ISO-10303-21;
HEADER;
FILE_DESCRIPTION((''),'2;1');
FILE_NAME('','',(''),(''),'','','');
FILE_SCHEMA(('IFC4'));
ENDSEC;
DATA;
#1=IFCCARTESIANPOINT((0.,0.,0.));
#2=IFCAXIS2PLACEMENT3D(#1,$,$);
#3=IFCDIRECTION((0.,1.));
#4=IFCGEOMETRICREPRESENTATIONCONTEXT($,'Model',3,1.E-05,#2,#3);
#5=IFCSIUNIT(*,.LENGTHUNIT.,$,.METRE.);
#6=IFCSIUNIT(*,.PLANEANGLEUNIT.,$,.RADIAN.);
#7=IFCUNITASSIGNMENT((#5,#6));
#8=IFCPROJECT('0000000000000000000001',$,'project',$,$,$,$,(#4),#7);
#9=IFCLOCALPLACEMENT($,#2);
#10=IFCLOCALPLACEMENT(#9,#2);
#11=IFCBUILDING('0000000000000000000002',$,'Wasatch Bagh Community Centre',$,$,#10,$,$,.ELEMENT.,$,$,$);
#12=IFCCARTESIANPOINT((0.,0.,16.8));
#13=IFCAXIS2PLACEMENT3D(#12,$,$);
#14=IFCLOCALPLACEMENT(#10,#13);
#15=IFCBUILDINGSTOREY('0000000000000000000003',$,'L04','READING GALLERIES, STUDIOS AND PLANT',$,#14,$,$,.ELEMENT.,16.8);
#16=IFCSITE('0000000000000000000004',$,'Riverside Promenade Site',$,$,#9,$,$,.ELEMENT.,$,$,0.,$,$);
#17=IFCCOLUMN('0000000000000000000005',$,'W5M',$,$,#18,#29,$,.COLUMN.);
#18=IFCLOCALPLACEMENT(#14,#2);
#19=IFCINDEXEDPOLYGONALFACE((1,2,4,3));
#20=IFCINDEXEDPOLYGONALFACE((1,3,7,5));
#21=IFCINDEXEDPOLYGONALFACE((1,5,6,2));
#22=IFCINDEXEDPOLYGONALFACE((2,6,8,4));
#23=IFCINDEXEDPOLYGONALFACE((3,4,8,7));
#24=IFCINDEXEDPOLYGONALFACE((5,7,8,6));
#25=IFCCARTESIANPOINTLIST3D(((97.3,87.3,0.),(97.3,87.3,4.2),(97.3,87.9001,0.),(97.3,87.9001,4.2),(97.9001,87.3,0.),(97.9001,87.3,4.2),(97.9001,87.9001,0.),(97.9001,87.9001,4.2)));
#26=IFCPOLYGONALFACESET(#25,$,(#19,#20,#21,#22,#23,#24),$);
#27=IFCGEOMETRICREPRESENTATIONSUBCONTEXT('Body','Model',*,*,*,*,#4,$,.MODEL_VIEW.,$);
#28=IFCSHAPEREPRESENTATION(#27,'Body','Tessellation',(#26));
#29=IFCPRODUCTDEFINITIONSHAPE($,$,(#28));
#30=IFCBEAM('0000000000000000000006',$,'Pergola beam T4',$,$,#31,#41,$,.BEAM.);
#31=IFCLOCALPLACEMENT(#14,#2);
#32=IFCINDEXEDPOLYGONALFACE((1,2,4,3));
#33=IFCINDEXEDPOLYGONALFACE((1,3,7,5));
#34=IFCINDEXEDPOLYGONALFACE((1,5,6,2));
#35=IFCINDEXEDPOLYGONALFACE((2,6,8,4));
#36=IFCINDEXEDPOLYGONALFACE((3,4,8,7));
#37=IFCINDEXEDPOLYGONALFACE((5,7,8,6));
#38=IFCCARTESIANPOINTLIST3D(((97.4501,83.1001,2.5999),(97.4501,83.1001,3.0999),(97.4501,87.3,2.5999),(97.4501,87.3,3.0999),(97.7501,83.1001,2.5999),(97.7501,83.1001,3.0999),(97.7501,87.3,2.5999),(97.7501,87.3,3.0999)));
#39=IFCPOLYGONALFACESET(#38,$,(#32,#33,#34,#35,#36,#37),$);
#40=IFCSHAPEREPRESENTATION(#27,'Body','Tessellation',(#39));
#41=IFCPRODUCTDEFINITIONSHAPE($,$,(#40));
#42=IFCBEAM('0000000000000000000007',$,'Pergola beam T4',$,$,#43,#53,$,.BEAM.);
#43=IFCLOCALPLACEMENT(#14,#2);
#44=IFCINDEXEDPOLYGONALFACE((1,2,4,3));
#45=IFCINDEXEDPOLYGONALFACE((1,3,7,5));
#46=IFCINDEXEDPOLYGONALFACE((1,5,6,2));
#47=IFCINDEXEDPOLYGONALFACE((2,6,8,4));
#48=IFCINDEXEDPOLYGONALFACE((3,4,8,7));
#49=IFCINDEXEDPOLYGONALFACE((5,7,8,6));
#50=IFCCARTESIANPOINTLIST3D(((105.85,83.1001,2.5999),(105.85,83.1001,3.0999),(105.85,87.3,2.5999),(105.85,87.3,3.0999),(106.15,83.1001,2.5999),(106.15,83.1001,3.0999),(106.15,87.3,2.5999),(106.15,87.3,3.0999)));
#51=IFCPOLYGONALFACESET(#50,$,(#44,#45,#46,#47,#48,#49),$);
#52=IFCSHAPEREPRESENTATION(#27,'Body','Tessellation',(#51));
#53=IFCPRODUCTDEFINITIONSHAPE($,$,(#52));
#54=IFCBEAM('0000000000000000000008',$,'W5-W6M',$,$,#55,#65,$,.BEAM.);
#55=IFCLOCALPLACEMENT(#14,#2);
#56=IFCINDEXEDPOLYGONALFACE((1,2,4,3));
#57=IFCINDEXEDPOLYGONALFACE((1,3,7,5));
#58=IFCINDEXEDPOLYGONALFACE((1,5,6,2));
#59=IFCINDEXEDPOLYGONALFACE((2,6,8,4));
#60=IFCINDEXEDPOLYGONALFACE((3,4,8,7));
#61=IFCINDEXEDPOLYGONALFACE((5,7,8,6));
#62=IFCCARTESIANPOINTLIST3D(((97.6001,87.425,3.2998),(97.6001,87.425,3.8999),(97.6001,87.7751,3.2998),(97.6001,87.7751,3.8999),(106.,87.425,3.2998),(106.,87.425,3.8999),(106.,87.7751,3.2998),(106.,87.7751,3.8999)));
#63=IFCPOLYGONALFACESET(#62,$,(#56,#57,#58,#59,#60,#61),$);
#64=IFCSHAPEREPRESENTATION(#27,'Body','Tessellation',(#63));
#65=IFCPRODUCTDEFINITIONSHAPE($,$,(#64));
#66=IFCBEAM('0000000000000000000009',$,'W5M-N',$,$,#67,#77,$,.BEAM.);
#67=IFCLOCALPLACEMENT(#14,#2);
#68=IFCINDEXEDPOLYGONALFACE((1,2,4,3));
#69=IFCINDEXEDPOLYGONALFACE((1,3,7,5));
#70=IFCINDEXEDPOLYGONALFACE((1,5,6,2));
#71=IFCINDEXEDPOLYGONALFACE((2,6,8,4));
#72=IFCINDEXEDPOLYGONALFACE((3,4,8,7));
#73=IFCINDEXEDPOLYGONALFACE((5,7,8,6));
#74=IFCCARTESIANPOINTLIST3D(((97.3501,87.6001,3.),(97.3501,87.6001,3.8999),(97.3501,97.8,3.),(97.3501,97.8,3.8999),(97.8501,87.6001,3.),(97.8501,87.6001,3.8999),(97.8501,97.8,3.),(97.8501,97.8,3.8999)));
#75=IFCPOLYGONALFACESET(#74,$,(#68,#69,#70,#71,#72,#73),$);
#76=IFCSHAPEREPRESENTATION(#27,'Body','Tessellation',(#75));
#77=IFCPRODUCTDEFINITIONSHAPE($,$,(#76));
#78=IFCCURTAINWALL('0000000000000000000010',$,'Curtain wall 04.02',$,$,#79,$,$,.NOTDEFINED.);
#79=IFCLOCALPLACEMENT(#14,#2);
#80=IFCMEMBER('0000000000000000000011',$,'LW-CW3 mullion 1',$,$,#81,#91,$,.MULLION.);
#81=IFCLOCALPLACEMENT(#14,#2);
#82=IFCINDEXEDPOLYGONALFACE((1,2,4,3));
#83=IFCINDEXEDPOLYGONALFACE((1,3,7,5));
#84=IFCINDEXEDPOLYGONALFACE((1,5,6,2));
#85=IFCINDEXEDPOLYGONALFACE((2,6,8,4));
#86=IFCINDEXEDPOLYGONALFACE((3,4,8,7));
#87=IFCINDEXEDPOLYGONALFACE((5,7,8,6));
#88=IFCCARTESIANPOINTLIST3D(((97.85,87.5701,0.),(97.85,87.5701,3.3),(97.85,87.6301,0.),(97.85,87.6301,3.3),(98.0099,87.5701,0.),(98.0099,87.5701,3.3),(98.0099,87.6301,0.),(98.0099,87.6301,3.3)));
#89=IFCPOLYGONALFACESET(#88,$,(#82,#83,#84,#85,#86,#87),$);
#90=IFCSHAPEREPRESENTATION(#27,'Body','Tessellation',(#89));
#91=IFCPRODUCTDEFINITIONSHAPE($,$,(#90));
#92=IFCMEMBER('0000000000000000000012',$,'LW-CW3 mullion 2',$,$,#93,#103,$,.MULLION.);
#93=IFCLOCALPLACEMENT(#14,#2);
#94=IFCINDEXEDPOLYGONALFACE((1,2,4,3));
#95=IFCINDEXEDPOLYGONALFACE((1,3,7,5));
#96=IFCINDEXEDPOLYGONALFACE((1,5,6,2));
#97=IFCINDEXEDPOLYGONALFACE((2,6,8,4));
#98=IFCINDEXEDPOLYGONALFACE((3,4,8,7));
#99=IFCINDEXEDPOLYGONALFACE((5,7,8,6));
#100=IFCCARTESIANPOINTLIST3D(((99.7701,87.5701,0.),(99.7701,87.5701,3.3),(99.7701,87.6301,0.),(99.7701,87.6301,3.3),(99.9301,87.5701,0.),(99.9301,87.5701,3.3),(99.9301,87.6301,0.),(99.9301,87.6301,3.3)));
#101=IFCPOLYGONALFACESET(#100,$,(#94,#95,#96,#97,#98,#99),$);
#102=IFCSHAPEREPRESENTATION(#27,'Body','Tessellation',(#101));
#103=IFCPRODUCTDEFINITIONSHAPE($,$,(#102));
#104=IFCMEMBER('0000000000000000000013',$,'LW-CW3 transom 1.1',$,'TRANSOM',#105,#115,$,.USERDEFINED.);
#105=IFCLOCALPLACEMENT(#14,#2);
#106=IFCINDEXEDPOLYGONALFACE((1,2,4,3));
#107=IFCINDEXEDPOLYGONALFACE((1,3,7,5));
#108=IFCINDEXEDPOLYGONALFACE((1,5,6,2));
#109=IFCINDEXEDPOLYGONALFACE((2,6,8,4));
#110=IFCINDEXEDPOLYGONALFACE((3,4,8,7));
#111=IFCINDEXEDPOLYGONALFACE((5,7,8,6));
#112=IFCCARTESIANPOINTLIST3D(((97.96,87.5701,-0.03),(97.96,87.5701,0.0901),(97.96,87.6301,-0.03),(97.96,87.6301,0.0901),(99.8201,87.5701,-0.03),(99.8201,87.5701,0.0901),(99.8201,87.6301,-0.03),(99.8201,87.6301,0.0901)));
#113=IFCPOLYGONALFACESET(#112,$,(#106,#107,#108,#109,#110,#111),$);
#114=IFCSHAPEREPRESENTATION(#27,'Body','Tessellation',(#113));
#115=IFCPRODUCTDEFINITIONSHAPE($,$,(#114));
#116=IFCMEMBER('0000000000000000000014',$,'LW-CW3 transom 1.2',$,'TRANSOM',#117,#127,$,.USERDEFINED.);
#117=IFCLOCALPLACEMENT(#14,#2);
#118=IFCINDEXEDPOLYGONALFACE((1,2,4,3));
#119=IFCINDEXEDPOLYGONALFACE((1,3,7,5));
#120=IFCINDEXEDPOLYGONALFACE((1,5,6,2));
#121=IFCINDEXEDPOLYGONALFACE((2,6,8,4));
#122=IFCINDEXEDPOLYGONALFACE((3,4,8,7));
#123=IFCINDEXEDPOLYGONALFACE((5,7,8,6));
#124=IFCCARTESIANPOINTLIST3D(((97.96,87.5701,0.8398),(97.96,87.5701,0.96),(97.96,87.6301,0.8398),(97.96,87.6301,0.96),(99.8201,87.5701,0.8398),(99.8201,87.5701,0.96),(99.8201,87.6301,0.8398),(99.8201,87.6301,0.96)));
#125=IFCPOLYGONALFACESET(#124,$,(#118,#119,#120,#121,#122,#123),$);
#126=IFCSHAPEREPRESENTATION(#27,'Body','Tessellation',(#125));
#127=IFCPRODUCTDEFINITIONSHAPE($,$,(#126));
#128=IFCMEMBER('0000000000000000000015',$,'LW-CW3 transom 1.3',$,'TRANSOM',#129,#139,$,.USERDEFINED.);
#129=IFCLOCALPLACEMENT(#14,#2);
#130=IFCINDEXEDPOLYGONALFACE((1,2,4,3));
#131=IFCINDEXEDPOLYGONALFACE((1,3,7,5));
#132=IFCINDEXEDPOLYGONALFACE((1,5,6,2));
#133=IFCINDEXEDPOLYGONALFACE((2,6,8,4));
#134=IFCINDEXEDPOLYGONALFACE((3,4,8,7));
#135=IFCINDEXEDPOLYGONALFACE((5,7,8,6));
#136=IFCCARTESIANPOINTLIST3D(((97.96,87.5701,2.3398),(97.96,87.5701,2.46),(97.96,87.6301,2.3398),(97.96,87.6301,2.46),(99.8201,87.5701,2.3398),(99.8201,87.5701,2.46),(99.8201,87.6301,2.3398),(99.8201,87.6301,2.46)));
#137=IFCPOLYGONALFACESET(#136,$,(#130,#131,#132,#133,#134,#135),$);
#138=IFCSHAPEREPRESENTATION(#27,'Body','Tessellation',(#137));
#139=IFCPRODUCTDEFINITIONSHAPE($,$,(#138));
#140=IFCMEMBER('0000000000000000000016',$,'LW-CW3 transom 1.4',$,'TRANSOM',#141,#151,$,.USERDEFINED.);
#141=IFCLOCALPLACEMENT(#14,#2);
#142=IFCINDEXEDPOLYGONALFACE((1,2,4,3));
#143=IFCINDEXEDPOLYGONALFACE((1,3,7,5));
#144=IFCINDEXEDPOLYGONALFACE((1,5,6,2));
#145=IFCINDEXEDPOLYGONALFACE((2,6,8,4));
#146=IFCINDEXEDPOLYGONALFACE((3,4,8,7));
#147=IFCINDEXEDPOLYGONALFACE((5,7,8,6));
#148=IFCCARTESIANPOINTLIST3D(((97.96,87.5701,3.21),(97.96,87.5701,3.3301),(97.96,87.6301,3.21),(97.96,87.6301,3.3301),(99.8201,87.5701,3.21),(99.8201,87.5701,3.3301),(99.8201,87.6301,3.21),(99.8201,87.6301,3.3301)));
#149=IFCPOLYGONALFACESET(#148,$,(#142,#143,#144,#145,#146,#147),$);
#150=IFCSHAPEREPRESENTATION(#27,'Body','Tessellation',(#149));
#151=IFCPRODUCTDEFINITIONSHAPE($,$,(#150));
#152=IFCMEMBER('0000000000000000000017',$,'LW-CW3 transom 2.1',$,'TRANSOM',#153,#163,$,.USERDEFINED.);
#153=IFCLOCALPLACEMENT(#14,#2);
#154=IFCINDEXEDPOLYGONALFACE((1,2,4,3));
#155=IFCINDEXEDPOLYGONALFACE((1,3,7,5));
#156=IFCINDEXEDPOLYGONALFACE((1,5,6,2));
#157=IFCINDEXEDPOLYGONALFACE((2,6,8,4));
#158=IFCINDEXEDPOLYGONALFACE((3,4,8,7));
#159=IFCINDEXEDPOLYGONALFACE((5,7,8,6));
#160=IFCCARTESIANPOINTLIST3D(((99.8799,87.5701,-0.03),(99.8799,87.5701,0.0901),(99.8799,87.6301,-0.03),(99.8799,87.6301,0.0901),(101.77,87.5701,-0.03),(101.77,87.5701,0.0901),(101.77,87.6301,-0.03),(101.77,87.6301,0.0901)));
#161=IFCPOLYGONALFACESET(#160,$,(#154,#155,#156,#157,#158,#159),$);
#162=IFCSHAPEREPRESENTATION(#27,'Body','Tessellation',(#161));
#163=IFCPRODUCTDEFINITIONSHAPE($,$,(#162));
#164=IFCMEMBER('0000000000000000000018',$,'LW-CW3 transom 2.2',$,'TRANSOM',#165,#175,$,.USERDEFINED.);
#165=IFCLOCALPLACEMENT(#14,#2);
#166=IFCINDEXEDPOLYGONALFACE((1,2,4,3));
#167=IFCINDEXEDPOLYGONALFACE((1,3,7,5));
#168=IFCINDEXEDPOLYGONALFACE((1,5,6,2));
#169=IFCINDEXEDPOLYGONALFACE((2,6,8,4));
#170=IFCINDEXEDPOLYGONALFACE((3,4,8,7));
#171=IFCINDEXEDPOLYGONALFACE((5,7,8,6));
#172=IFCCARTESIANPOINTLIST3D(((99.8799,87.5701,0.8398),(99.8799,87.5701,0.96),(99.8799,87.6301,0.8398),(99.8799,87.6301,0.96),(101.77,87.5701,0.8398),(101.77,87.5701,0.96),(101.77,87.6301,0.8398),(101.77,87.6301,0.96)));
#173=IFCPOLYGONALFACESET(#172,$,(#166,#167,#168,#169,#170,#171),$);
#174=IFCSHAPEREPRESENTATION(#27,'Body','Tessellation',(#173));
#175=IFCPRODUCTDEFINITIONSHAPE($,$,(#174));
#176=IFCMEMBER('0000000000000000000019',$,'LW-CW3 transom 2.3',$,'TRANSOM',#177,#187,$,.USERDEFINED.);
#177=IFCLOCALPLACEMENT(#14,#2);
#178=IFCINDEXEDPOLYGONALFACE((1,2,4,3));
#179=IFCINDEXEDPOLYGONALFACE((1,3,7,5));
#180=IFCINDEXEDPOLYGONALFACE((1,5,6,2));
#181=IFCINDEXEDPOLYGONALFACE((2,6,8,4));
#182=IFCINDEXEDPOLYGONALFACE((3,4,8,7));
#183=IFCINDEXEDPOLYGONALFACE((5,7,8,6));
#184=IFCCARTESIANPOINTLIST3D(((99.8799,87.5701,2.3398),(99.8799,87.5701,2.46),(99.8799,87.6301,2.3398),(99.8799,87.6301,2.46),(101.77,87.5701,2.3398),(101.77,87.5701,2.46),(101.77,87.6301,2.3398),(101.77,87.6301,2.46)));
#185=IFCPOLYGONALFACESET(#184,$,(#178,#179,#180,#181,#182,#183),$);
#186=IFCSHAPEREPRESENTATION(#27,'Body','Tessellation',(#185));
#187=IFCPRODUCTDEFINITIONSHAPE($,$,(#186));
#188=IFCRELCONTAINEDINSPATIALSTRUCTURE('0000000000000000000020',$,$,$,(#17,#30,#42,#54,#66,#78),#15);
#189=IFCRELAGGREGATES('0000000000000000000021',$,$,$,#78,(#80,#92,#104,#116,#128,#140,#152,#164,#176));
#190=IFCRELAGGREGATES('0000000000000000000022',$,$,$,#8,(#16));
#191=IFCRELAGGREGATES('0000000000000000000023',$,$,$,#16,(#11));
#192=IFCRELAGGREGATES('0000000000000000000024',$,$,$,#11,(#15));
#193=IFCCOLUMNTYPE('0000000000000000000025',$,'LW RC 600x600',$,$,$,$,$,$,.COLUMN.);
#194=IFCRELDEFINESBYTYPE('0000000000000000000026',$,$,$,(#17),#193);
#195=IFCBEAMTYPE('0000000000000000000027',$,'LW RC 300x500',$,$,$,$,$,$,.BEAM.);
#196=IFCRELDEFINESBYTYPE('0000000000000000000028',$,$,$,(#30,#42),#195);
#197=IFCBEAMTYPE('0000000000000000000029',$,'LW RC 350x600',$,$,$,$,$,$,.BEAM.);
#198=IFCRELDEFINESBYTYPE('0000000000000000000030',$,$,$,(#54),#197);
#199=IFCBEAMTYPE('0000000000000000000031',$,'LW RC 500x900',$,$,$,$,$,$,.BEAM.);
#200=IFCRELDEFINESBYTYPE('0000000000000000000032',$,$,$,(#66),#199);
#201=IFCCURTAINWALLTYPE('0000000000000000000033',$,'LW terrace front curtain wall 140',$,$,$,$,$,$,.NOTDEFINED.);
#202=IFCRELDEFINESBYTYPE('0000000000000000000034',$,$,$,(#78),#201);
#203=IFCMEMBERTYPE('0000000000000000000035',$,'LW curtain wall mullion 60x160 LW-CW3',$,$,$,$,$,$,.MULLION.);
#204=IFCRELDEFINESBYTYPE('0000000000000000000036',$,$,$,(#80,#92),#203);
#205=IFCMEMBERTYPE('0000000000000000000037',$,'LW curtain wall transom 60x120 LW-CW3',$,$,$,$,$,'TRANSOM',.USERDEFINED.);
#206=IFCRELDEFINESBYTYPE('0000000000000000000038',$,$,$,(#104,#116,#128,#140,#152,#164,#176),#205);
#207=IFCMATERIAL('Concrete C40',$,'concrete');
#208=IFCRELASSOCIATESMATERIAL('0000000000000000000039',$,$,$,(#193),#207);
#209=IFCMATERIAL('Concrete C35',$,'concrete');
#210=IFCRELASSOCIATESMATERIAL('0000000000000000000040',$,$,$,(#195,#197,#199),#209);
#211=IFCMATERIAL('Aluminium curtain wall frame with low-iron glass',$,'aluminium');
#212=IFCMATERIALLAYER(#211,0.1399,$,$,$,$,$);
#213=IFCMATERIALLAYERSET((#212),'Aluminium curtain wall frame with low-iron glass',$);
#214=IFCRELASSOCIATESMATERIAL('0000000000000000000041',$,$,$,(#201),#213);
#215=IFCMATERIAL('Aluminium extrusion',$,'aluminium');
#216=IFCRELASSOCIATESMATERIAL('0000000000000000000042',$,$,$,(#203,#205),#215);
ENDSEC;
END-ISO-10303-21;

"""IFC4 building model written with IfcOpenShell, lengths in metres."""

from ifc_helpers import new_model, si_unit, direction, frame, origin, origin_2d, place, context, subcontext, project, spatial, rectangle, extrude, material, layer, layer_set, material_profile, profile_set, type_object, element, aggregate, save


model = new_model("IFC4")

# Units and contexts
model_context = context("Model", 3, precision=1e-05, world=origin(), true_north=direction((0.0, 1.0)))
body_context = subcontext(model_context, "Body", "Model", "MODEL_VIEW")
ifc_project = project(units=[si_unit("LENGTHUNIT", "METRE"), si_unit("PLANEANGLEUNIT", "RADIAN")], contexts=[model_context])

# Site, building, storey
site_placement = place(None, origin())
site = spatial("IfcSite", under=ifc_project, at=site_placement, Name="Riverside Promenade Site", CompositionType="ELEMENT", RefElevation=0.0)
building_placement = place(site_placement, origin())
building = spatial("IfcBuilding", under=site, at=building_placement, Name="Wasatch Bagh Community Centre", CompositionType="ELEMENT")
storey_placement = place(building_placement, frame((0.0, 0.0, 16.8)))
storey = spatial("IfcBuildingStorey", under=building, at=storey_placement, Name="L04", Description="READING GALLERIES, STUDIOS AND PLANT", CompositionType="ELEMENT", Elevation=16.8)

# Column
ifc_material_1 = material(Name="Concrete C40", Category="concrete")
ifc_material_profile_1 = material_profile(ifc_material_1, rectangle(XDim=0.6001, YDim=0.6001, at=origin_2d()), Name="RC 600x600")
ifc_profile_set_1 = profile_set([ifc_material_profile_1], Name="Concrete C40")
column_type = type_object("IfcColumnType", Name="LW RC 600x600", PredefinedType="COLUMN", material=ifc_profile_set_1)
column_placement = place(storey_placement, frame((97.6001, 87.6001, 0.0), z_axis=(0.0, 0.0, 1.0), x_axis=(1.0, 0.0, 0.0)))
element("IfcColumn", 1, at=column_placement, inside=storey, type_object=column_type, Name="W5M", PredefinedType="COLUMN", context=body_context, shape_type="SweptSolid", body=[
    extrude(rectangle(XDim=0.6001, YDim=0.6001, at=origin_2d()), origin(), (0.0, 0.0, 1.0), 4.2),
])

# Beams
ifc_material_2 = material(Name="Concrete C35", Category="concrete")
ifc_material_profile_2 = material_profile(ifc_material_2, rectangle(XDim=0.3, YDim=0.5, at=origin_2d()), Name="RC 300x500")
ifc_profile_set_2 = profile_set([ifc_material_profile_2], Name="Concrete C35")
beam_type_1 = type_object("IfcBeamType", Name="LW RC 300x500", PredefinedType="BEAM", material=ifc_profile_set_2)
for number, where, z_axis, x_axis, name in (
    (2, (97.6001, 87.3, 2.8499), (0.0, -1.0, 0.0), (1.0, 0.0, 0.0), "Pergola beam T4"),
    (3, (106.0, 87.3, 2.8499), (0.0, -1.0, 0.0), (1.0, 0.0, 0.0), "Pergola beam T4"),
):
    element("IfcBeam", number, at=place(storey_placement, frame(where, z_axis=z_axis, x_axis=x_axis)), inside=storey, type_object=beam_type_1, Name=name, PredefinedType="BEAM", context=body_context, shape_type="SweptSolid", body=[
        extrude(rectangle(XDim=0.3, YDim=0.5, at=origin_2d()), origin(), (0.0, 0.0, 1.0), 4.2),
    ])
ifc_material_profile_3 = material_profile(ifc_material_2, rectangle(XDim=0.3501, YDim=0.6001, at=origin_2d()), Name="RC 350x600")
ifc_profile_set_3 = profile_set([ifc_material_profile_3], Name="Concrete C35")
beam_type_2 = type_object("IfcBeamType", Name="LW RC 350x600", PredefinedType="BEAM", material=ifc_profile_set_3)
beam_1_placement = place(storey_placement, frame((97.6001, 87.6001, 3.5999), z_axis=(1.0, 0.0, 0.0), x_axis=(0.0, 1.0, 0.0)))
element("IfcBeam", 4, at=beam_1_placement, inside=storey, type_object=beam_type_2, Name="W5-W6M", PredefinedType="BEAM", context=body_context, shape_type="SweptSolid", body=[
    extrude(rectangle(XDim=0.3501, YDim=0.6001, at=origin_2d()), origin(), (0.0, 0.0, 1.0), 8.3999),
])
ifc_material_profile_4 = material_profile(ifc_material_2, rectangle(XDim=0.5, YDim=0.8999, at=origin_2d()), Name="RC 500x900")
ifc_profile_set_4 = profile_set([ifc_material_profile_4], Name="Concrete C35")
beam_type_3 = type_object("IfcBeamType", Name="LW RC 500x900", PredefinedType="BEAM", material=ifc_profile_set_4)
beam_2_placement = place(storey_placement, frame((97.6001, 87.6001, 3.45), z_axis=(0.0, 1.0, 0.0), x_axis=(-1.0, 0.0, 0.0)))
element("IfcBeam", 5, at=beam_2_placement, inside=storey, type_object=beam_type_3, Name="W5M-N", PredefinedType="BEAM", context=body_context, shape_type="SweptSolid", body=[
    extrude(rectangle(XDim=0.5, YDim=0.8999, at=origin_2d()), origin(), (0.0, 0.0, 1.0), 10.2),
])

# Curtain wall, members
ifc_material_3 = material(Name="Aluminium curtain wall frame with low-iron glass", Category="aluminium")
ifc_layer_1 = layer(ifc_material_3, 0.1399)
ifc_layer_set_1 = layer_set([ifc_layer_1], Name="Aluminium curtain wall frame with low-iron glass")
curtain_wall_type = type_object("IfcCurtainWallType", Name="LW terrace front curtain wall 140", PredefinedType="NOTDEFINED", material=ifc_layer_set_1)
curtain_wall_placement = place(storey_placement, origin())
curtain_wall = element("IfcCurtainWall", 6, at=curtain_wall_placement, inside=storey, type_object=curtain_wall_type, Name="Curtain wall 04.02", PredefinedType="NOTDEFINED")
ifc_material_4 = material(Name="Aluminium extrusion", Category="aluminium")
ifc_material_profile_5 = material_profile(ifc_material_4, rectangle(XDim=0.0601, YDim=0.1599, at=origin_2d()), Name="AL 60x160")
ifc_profile_set_5 = profile_set([ifc_material_profile_5], Name="Aluminium extrusion")
member_type_1 = type_object("IfcMemberType", Name="LW curtain wall mullion 60x160 LW-CW3", PredefinedType="MULLION", material=ifc_profile_set_5)
member_1_placement = place(storey_placement, frame((97.9299, 87.6001, 0.0), z_axis=(0.0, 0.0, 1.0), x_axis=(0.0, 1.0, 0.0)))
member_1 = element("IfcMember", 7, at=member_1_placement, type_object=member_type_1, Name="LW-CW3 mullion 1", PredefinedType="MULLION", context=body_context, shape_type="SweptSolid", body=[
    extrude(rectangle(XDim=0.0601, YDim=0.1599, at=origin_2d()), origin(), (0.0, 0.0, 1.0), 3.3),
])
member_2_placement = place(storey_placement, frame((99.8501, 87.6001, 0.0), z_axis=(0.0, 0.0, 1.0), x_axis=(0.0, 1.0, 0.0)))
member_2 = element("IfcMember", 8, at=member_2_placement, type_object=member_type_1, Name="LW-CW3 mullion 2", PredefinedType="MULLION", context=body_context, shape_type="SweptSolid", body=[
    extrude(rectangle(XDim=0.0601, YDim=0.1599, at=origin_2d()), origin(), (0.0, 0.0, 1.0), 3.3),
])
ifc_material_profile_6 = material_profile(ifc_material_4, rectangle(XDim=0.0601, YDim=0.1201, at=origin_2d()), Name="AL 60x120")
ifc_profile_set_6 = profile_set([ifc_material_profile_6], Name="Aluminium extrusion")
member_type_2 = type_object("IfcMemberType", Name="LW curtain wall transom 60x120 LW-CW3", ElementType="TRANSOM", PredefinedType="USERDEFINED", material=ifc_profile_set_6)
member_3_placement = place(storey_placement, frame((97.96, 87.6001, 0.03), z_axis=(1.0, 0.0, 0.0), x_axis=(0.0, 1.0, 0.0)))
member_3 = element("IfcMember", 9, at=member_3_placement, type_object=member_type_2, Name="LW-CW3 transom 1.1", ObjectType="TRANSOM", PredefinedType="USERDEFINED", context=body_context, shape_type="SweptSolid", body=[
    extrude(rectangle(XDim=0.0601, YDim=0.1201, at=origin_2d()), origin(), (0.0, 0.0, 1.0), 1.8601),
])
member_4_placement = place(storey_placement, frame((97.96, 87.6001, 0.8999), z_axis=(1.0, 0.0, 0.0), x_axis=(0.0, 1.0, 0.0)))
member_4 = element("IfcMember", 10, at=member_4_placement, type_object=member_type_2, Name="LW-CW3 transom 1.2", ObjectType="TRANSOM", PredefinedType="USERDEFINED", context=body_context, shape_type="SweptSolid", body=[
    extrude(rectangle(XDim=0.0601, YDim=0.1201, at=origin_2d()), origin(), (0.0, 0.0, 1.0), 1.8601),
])
member_5_placement = place(storey_placement, frame((97.96, 87.6001, 2.3999), z_axis=(1.0, 0.0, 0.0), x_axis=(0.0, 1.0, 0.0)))
member_5 = element("IfcMember", 11, at=member_5_placement, type_object=member_type_2, Name="LW-CW3 transom 1.3", ObjectType="TRANSOM", PredefinedType="USERDEFINED", context=body_context, shape_type="SweptSolid", body=[
    extrude(rectangle(XDim=0.0601, YDim=0.1201, at=origin_2d()), origin(), (0.0, 0.0, 1.0), 1.8601),
])
member_6_placement = place(storey_placement, frame((97.96, 87.6001, 3.27), z_axis=(1.0, 0.0, 0.0), x_axis=(0.0, 1.0, 0.0)))
member_6 = element("IfcMember", 12, at=member_6_placement, type_object=member_type_2, Name="LW-CW3 transom 1.4", ObjectType="TRANSOM", PredefinedType="USERDEFINED", context=body_context, shape_type="SweptSolid", body=[
    extrude(rectangle(XDim=0.0601, YDim=0.1201, at=origin_2d()), origin(), (0.0, 0.0, 1.0), 1.8601),
])
member_7_placement = place(storey_placement, frame((99.8799, 87.6001, 0.03), z_axis=(1.0, 0.0, 0.0), x_axis=(0.0, 1.0, 0.0)))
member_7 = element("IfcMember", 13, at=member_7_placement, type_object=member_type_2, Name="LW-CW3 transom 2.1", ObjectType="TRANSOM", PredefinedType="USERDEFINED", context=body_context, shape_type="SweptSolid", body=[
    extrude(rectangle(XDim=0.0601, YDim=0.1201, at=origin_2d()), origin(), (0.0, 0.0, 1.0), 1.8901),
])
member_8_placement = place(storey_placement, frame((99.8799, 87.6001, 0.8999), z_axis=(1.0, 0.0, 0.0), x_axis=(0.0, 1.0, 0.0)))
member_8 = element("IfcMember", 14, at=member_8_placement, type_object=member_type_2, Name="LW-CW3 transom 2.2", ObjectType="TRANSOM", PredefinedType="USERDEFINED", context=body_context, shape_type="SweptSolid", body=[
    extrude(rectangle(XDim=0.0601, YDim=0.1201, at=origin_2d()), origin(), (0.0, 0.0, 1.0), 1.8901),
])
member_9_placement = place(storey_placement, frame((99.8799, 87.6001, 2.3999), z_axis=(1.0, 0.0, 0.0), x_axis=(0.0, 1.0, 0.0)))
member_9 = element("IfcMember", 15, at=member_9_placement, type_object=member_type_2, Name="LW-CW3 transom 2.3", ObjectType="TRANSOM", PredefinedType="USERDEFINED", context=body_context, shape_type="SweptSolid", body=[
    extrude(rectangle(XDim=0.0601, YDim=0.1201, at=origin_2d()), origin(), (0.0, 0.0, 1.0), 1.8901),
])

aggregate(curtain_wall, [member_1, member_2, member_3, member_4, member_5, member_6, member_7, member_8, member_9])

save(model, "model.ifc")
